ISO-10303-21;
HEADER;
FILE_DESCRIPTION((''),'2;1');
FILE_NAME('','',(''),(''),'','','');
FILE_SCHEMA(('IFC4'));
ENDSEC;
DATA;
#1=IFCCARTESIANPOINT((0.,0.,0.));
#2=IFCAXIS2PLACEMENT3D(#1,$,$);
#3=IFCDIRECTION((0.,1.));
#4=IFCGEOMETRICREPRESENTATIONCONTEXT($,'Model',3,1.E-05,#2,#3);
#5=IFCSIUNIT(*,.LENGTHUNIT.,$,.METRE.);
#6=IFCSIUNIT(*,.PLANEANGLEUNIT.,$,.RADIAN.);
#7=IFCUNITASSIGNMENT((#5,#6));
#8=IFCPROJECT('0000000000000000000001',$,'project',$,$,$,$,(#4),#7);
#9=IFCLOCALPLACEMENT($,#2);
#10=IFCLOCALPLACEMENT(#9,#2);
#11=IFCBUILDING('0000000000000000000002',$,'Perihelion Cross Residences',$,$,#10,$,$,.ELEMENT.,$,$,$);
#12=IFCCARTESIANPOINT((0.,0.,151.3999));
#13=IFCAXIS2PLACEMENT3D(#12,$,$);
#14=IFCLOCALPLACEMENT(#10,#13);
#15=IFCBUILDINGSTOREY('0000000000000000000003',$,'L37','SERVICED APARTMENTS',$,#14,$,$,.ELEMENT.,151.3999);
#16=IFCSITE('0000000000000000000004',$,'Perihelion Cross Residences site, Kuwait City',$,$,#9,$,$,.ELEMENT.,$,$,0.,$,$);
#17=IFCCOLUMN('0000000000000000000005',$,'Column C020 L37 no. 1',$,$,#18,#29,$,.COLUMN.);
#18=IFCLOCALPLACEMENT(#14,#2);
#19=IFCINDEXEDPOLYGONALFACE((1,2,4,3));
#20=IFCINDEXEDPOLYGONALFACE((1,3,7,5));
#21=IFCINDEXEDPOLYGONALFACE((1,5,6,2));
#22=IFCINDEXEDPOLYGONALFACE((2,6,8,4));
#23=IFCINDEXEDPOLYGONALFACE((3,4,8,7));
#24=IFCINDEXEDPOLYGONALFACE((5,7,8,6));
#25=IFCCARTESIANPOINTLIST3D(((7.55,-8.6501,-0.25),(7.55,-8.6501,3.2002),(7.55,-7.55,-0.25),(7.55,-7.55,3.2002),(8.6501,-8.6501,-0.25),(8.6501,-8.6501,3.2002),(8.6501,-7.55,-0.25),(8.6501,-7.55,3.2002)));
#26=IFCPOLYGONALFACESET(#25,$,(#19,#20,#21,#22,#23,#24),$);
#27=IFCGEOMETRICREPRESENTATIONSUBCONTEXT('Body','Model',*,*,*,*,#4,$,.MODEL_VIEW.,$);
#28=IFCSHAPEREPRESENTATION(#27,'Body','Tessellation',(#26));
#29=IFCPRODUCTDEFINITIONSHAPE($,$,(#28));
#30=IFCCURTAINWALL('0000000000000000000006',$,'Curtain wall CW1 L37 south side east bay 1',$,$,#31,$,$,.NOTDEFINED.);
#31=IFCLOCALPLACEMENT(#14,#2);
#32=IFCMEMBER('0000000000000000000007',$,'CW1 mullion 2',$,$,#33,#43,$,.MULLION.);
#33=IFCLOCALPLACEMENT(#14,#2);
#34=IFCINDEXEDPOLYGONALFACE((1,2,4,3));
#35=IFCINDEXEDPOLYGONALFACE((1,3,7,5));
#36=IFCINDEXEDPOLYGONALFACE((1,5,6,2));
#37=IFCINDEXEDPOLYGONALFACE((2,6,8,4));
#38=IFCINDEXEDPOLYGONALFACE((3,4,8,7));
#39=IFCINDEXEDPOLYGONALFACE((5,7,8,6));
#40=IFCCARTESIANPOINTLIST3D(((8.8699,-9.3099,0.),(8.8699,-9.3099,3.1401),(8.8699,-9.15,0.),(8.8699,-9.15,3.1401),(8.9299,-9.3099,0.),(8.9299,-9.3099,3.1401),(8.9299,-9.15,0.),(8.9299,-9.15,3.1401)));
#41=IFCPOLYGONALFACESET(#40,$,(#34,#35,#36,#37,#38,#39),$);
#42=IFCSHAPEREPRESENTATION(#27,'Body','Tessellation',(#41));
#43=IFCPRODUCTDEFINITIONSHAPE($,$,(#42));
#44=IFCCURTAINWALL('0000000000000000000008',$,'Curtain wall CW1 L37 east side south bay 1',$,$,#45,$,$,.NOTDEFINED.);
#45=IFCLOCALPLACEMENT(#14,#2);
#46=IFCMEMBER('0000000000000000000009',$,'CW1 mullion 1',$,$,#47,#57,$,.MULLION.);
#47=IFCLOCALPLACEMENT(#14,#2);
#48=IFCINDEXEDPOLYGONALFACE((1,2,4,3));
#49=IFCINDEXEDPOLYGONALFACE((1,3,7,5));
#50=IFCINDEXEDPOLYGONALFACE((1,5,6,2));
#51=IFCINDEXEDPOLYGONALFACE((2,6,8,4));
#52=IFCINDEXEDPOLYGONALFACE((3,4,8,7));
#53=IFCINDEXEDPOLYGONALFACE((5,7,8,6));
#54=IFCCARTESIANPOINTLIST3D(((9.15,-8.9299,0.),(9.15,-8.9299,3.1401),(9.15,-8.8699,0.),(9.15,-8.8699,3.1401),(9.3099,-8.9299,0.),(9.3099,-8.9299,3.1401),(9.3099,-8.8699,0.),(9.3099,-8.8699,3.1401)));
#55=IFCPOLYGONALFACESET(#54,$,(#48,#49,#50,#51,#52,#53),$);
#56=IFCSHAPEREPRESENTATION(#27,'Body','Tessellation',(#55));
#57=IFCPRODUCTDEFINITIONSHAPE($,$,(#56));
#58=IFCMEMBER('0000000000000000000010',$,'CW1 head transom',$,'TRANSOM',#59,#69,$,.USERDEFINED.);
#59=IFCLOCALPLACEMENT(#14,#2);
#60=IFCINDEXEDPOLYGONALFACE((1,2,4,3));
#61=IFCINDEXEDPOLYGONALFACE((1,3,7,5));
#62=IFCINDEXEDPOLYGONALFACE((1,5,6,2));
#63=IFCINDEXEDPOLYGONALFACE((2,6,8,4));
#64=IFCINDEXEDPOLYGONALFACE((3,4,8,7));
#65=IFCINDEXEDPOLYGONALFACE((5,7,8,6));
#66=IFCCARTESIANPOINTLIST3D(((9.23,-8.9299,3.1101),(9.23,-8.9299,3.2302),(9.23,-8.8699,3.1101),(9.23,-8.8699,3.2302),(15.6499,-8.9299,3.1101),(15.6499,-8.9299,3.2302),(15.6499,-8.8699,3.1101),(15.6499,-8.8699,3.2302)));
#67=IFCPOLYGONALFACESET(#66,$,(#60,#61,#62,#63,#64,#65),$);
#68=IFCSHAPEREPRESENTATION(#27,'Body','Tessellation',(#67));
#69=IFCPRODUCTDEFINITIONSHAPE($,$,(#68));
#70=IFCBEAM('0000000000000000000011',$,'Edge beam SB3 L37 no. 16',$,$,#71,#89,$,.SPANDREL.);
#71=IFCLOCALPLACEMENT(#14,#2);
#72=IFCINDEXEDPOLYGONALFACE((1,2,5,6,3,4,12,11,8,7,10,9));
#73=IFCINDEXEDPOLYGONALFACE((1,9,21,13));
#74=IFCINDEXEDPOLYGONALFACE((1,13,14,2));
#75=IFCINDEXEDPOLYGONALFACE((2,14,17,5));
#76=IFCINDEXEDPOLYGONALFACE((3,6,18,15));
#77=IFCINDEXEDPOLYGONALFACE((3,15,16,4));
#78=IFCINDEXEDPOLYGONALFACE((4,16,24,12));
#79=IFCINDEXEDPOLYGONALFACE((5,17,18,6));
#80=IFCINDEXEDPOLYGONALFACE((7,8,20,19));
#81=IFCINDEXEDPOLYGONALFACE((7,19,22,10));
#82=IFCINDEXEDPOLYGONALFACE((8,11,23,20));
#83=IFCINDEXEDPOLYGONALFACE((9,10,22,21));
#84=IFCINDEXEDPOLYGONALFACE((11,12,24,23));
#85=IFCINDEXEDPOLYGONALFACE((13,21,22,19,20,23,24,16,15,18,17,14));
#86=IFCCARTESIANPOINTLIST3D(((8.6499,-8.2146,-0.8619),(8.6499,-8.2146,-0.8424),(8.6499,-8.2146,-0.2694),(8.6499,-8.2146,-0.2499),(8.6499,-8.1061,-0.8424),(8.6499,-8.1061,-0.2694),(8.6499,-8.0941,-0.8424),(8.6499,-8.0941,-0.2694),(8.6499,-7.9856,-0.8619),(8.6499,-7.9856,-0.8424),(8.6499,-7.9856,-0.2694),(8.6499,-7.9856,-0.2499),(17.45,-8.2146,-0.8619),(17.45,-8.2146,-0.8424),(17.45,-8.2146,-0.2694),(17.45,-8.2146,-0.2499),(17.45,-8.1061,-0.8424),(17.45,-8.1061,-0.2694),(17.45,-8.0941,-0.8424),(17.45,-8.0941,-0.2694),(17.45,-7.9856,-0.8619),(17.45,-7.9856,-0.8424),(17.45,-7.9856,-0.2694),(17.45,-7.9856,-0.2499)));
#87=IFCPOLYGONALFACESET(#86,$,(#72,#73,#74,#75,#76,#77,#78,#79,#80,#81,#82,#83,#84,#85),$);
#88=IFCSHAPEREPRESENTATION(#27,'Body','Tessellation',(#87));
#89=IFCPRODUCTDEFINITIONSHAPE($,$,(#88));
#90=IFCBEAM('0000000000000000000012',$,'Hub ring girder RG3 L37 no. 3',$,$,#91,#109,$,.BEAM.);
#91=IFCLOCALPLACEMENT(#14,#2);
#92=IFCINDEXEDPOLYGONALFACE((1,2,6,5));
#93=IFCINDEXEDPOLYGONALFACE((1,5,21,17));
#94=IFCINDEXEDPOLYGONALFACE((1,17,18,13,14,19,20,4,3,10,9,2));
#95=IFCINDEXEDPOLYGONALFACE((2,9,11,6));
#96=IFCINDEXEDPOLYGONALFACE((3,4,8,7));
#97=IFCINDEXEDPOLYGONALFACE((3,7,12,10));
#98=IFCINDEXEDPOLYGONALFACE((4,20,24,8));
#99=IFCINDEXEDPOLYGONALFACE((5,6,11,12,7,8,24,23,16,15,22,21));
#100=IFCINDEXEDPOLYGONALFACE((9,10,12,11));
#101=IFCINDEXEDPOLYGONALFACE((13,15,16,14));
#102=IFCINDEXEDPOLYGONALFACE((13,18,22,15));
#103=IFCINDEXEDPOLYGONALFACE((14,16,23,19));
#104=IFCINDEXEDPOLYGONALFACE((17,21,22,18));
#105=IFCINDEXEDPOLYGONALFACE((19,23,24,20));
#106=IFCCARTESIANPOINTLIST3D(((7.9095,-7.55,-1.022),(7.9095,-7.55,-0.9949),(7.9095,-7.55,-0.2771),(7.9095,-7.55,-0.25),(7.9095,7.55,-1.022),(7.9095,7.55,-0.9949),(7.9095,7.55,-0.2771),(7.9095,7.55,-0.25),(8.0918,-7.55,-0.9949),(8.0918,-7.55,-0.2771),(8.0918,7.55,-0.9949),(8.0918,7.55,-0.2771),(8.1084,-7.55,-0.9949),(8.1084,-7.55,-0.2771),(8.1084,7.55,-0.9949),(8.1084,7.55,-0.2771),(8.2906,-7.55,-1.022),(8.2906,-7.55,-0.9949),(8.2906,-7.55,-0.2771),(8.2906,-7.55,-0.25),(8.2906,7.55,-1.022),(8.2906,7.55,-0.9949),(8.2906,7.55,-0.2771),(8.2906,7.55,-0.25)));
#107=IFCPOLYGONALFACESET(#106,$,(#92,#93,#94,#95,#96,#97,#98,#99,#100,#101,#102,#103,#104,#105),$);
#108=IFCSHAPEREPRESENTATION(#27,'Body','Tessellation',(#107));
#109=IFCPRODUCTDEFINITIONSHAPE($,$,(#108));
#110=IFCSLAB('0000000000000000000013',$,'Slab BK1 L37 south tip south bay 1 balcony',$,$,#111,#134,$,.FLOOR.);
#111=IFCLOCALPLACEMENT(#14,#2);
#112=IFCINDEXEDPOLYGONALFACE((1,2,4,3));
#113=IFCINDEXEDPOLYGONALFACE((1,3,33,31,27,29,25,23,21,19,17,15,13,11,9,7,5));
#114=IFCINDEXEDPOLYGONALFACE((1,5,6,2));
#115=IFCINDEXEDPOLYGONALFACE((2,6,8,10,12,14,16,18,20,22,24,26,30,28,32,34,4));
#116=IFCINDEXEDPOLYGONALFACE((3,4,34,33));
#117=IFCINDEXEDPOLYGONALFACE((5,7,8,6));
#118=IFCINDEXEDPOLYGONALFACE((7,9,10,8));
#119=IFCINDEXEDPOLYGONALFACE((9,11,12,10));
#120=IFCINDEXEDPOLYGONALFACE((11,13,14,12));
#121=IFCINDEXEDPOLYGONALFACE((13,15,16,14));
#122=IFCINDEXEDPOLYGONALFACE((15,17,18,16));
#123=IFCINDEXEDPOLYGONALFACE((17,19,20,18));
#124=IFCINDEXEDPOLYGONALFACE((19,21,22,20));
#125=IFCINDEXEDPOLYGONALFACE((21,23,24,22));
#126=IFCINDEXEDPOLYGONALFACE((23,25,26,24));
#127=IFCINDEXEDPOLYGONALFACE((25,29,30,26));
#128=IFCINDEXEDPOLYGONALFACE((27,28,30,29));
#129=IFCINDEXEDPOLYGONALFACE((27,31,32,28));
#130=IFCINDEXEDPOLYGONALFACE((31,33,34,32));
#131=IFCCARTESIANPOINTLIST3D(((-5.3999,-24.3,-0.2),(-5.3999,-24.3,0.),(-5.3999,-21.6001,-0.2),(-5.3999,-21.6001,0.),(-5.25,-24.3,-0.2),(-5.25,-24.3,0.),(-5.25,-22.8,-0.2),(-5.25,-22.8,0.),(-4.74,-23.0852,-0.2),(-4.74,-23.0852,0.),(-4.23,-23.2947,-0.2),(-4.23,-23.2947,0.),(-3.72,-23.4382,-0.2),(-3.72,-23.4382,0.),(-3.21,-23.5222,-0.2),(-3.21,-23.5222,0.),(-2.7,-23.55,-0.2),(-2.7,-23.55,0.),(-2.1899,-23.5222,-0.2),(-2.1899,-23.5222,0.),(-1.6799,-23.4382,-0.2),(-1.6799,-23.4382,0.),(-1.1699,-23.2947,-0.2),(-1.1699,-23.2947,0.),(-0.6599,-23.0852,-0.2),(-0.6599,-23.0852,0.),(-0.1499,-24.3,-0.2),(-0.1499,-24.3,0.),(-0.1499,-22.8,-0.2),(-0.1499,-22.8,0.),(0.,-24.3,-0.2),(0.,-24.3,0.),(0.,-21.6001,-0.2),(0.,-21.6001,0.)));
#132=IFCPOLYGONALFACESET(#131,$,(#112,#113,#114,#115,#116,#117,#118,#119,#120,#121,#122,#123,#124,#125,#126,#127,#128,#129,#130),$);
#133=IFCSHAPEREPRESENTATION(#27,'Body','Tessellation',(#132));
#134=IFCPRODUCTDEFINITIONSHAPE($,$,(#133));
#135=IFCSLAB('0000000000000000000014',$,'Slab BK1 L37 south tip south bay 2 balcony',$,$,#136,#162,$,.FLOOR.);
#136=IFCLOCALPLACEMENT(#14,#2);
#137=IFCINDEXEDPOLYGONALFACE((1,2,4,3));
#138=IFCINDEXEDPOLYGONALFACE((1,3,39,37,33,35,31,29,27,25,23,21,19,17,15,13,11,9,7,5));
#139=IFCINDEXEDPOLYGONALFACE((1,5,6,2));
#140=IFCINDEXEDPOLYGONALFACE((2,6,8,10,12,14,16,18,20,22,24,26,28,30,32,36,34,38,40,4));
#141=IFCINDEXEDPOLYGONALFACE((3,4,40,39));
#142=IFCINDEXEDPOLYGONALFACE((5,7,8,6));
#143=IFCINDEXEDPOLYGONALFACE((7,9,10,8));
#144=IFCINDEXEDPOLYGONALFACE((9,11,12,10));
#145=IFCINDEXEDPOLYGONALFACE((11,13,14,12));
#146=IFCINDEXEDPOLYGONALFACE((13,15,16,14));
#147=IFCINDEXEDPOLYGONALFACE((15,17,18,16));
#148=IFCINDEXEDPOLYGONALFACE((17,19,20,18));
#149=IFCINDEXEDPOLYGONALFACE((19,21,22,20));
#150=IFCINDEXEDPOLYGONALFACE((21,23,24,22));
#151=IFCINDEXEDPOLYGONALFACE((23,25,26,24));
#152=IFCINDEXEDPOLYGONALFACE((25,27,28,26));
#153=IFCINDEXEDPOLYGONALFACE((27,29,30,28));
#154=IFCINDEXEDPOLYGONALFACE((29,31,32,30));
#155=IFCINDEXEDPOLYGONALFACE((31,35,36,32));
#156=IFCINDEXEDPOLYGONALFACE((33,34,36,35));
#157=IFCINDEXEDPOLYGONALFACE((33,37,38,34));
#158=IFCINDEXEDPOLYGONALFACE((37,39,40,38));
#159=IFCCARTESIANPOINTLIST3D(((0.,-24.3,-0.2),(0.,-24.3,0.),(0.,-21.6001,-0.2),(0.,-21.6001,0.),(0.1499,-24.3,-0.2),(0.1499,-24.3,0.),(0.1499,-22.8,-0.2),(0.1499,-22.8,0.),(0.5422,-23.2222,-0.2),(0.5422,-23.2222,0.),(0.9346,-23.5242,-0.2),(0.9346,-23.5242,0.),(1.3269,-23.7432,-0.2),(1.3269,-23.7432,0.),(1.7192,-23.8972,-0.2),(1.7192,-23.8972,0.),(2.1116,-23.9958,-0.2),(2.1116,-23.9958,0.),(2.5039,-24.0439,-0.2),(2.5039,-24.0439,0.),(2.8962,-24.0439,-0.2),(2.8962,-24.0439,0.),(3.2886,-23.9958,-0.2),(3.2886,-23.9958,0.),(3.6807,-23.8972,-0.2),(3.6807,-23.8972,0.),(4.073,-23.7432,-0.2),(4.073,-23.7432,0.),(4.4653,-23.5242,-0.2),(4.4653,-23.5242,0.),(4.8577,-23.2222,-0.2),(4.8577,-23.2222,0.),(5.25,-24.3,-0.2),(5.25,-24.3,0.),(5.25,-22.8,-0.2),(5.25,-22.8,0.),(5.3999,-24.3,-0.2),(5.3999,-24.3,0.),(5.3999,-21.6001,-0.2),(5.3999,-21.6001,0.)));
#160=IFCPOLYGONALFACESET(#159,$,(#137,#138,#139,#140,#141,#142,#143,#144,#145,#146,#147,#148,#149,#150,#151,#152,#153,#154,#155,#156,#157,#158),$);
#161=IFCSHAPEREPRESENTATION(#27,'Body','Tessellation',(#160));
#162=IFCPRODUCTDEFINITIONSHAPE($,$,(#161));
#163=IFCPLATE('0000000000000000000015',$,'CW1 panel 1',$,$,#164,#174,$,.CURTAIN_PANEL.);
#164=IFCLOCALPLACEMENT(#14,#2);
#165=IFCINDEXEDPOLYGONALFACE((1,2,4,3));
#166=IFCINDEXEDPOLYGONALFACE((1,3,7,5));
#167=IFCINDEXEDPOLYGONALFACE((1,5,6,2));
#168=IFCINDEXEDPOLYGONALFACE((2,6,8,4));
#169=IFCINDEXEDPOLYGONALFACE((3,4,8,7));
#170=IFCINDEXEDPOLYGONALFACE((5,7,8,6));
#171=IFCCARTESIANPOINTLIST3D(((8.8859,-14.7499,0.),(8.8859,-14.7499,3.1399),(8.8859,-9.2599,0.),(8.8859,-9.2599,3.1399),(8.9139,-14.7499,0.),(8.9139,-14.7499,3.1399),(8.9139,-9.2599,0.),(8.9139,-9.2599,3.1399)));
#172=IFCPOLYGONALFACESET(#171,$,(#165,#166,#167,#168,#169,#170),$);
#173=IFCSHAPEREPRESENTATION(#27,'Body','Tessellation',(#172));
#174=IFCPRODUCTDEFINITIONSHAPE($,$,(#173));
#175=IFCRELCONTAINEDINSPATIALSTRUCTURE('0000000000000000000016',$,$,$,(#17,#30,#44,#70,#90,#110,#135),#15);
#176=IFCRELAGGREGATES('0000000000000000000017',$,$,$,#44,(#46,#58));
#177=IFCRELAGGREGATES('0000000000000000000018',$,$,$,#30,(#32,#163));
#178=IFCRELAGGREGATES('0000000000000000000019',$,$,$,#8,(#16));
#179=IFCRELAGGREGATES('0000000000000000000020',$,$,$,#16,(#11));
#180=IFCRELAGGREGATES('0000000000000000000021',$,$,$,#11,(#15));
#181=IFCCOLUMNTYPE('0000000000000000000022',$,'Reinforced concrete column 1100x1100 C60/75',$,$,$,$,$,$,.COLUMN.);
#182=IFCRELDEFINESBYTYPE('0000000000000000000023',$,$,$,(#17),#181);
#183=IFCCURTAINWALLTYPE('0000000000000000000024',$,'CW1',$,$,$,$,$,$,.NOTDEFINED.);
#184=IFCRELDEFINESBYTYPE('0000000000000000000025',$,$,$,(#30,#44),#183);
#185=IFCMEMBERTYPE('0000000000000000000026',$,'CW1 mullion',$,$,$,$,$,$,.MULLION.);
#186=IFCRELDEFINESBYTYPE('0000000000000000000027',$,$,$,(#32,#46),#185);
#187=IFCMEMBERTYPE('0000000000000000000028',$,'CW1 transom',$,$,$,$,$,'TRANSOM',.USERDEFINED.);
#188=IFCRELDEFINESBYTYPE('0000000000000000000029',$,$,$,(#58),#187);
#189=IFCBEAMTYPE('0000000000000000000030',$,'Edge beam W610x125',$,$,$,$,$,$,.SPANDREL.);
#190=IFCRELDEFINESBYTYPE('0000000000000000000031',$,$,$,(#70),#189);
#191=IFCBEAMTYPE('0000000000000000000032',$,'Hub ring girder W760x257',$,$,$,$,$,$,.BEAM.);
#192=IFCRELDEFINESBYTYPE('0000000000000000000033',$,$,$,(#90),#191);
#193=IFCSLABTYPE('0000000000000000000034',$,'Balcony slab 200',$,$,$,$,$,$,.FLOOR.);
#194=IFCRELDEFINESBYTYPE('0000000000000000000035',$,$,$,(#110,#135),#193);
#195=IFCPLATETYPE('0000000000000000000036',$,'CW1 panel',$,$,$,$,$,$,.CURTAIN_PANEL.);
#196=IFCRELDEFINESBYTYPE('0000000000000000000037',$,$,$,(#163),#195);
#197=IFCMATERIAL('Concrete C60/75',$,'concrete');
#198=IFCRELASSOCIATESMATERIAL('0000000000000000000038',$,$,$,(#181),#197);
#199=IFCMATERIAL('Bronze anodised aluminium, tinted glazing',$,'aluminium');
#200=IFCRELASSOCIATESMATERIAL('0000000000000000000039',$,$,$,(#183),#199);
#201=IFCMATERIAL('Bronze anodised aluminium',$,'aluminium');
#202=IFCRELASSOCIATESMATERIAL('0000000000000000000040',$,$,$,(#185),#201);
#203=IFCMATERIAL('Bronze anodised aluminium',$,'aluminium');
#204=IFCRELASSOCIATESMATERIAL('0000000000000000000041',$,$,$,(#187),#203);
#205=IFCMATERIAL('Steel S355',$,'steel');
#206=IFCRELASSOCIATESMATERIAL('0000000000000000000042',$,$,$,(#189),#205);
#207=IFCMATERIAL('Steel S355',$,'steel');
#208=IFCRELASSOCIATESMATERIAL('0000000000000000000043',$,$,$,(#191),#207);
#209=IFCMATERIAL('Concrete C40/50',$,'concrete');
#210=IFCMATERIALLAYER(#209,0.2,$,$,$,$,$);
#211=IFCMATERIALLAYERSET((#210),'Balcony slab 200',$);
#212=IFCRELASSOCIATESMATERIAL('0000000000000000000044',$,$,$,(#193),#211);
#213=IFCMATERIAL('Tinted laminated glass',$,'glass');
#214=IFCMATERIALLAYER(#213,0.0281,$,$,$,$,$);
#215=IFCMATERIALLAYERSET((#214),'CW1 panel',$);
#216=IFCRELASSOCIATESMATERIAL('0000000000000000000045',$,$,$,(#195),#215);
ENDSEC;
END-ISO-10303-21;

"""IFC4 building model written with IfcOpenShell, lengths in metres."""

from ifc_helpers import new_model, si_unit, direction, frame, origin, origin_2d, place, context, subcontext, project, spatial, polyline, rectangle, i_section, outline, extrude, material, layer, layer_set, material_profile, profile_set, type_object, element, aggregate, save


model = new_model("IFC4")

# Units and contexts
model_context = context("Model", 3, precision=1e-05, world=origin(), true_north=direction((0.0, 1.0)))
body_context = subcontext(model_context, "Body", "Model", "MODEL_VIEW")
ifc_project = project(units=[si_unit("LENGTHUNIT", "METRE"), si_unit("PLANEANGLEUNIT", "RADIAN")], contexts=[model_context])

# Site, building, storey
site_placement = place(None, origin())
site = spatial("IfcSite", under=ifc_project, at=site_placement, Name="Perihelion Cross Residences site, Kuwait City", CompositionType="ELEMENT", RefElevation=0.0)
building_placement = place(site_placement, origin())
building = spatial("IfcBuilding", under=site, at=building_placement, Name="Perihelion Cross Residences", CompositionType="ELEMENT")
storey_placement = place(building_placement, frame((0.0, 0.0, 151.3999)))
storey = spatial("IfcBuildingStorey", under=building, at=storey_placement, Name="L37", Description="SERVICED APARTMENTS", CompositionType="ELEMENT", Elevation=151.3999)

# Column
ifc_material_1 = material(Name="Concrete C60/75", Category="concrete")
ifc_material_profile_1 = material_profile(ifc_material_1, rectangle(XDim=1.1001, YDim=1.1001, at=origin_2d()), Name="RC 1100x1100")
ifc_profile_set_1 = profile_set([ifc_material_profile_1], Name="Concrete C60/75")
column_type = type_object("IfcColumnType", Name="Reinforced concrete column 1100x1100 C60/75", PredefinedType="COLUMN", material=ifc_profile_set_1)
column_placement = place(storey_placement, frame((8.1001, -8.1001, -0.25), z_axis=(0.0, 0.0, 1.0), x_axis=(1.0, 0.0, 0.0)))
element("IfcColumn", 1, at=column_placement, inside=storey, type_object=column_type, Name="Column C020 L37 no. 1", PredefinedType="COLUMN", context=body_context, shape_type="SweptSolid", body=[
    extrude(rectangle(XDim=1.1001, YDim=1.1001, at=origin_2d()), origin(), (0.0, 0.0, 1.0), 3.4502),
])

# Curtain wall, member
ifc_material_2 = material(Name="Bronze anodised aluminium, tinted glazing", Category="aluminium")
curtain_wall_type = type_object("IfcCurtainWallType", Name="CW1", PredefinedType="NOTDEFINED", material=ifc_material_2)
curtain_wall_1_placement = place(storey_placement, origin())
curtain_wall_1 = element("IfcCurtainWall", 2, at=curtain_wall_1_placement, inside=storey, type_object=curtain_wall_type, Name="Curtain wall CW1 L37 south side east bay 1", PredefinedType="NOTDEFINED")
ifc_material_3 = material(Name="Bronze anodised aluminium", Category="aluminium")
ifc_material_profile_2 = material_profile(ifc_material_3, rectangle(XDim=0.0601, YDim=0.1599, at=origin_2d()), Name="CW1 mullion")
ifc_profile_set_2 = profile_set([ifc_material_profile_2], Name="Bronze anodised aluminium")
member_type_1 = type_object("IfcMemberType", Name="CW1 mullion", PredefinedType="MULLION", material=ifc_profile_set_2)
member_1_placement = place(storey_placement, frame((8.8999, -9.23, 0.0), z_axis=(0.0, 0.0, 1.0), x_axis=(-1.0, 0.0, 0.0)))
member_1 = element("IfcMember", 3, at=member_1_placement, type_object=member_type_1, Name="CW1 mullion 2", PredefinedType="MULLION", context=body_context, shape_type="SweptSolid", body=[
    extrude(rectangle(XDim=0.0601, YDim=0.1599, at=origin_2d()), origin(), (0.0, 0.0, 1.0), 3.1401),
])

# Curtain wall, members
curtain_wall_2_placement = place(storey_placement, origin())
curtain_wall_2 = element("IfcCurtainWall", 4, at=curtain_wall_2_placement, inside=storey, type_object=curtain_wall_type, Name="Curtain wall CW1 L37 east side south bay 1", PredefinedType="NOTDEFINED")
member_2_placement = place(storey_placement, frame((9.23, -8.8999, 0.0), z_axis=(0.0, 0.0, 1.0), x_axis=(0.0, 1.0, 0.0)))
member_2 = element("IfcMember", 5, at=member_2_placement, type_object=member_type_1, Name="CW1 mullion 1", PredefinedType="MULLION", context=body_context, shape_type="SweptSolid", body=[
    extrude(rectangle(XDim=0.0601, YDim=0.1599, at=origin_2d()), origin(), (0.0, 0.0, 1.0), 3.1401),
])
ifc_material_4 = material(Name="Bronze anodised aluminium", Category="aluminium")
ifc_material_profile_3 = material_profile(ifc_material_4, rectangle(XDim=0.0601, YDim=0.1201, at=origin_2d()), Name="CW1 transom")
ifc_profile_set_3 = profile_set([ifc_material_profile_3], Name="Bronze anodised aluminium")
member_type_2 = type_object("IfcMemberType", Name="CW1 transom", ElementType="TRANSOM", PredefinedType="USERDEFINED", material=ifc_profile_set_3)
member_3_placement = place(storey_placement, frame((9.23, -8.8999, 3.1702), z_axis=(1.0, 0.0, 0.0), x_axis=(0.0, 1.0, 0.0)))
member_3 = element("IfcMember", 6, at=member_3_placement, type_object=member_type_2, Name="CW1 head transom", ObjectType="TRANSOM", PredefinedType="USERDEFINED", context=body_context, shape_type="SweptSolid", body=[
    extrude(rectangle(XDim=0.0601, YDim=0.1201, at=origin_2d()), origin(), (0.0, 0.0, 1.0), 6.4199),
])
aggregate(curtain_wall_2, [member_2, member_3])

# Beams
ifc_material_5 = material(Name="Steel S355", Category="steel")
ifc_material_profile_4 = material_profile(ifc_material_5, i_section(OverallWidth=0.229, OverallDepth=0.6121, WebThickness=0.012, FlangeThickness=0.0195, at=origin_2d()), Name="W610x125")
ifc_profile_set_4 = profile_set([ifc_material_profile_4], Name="Steel S355")
beam_type_1 = type_object("IfcBeamType", Name="Edge beam W610x125", PredefinedType="SPANDREL", material=ifc_profile_set_4)
beam_1_placement = place(storey_placement, frame((8.6499, -8.1001, -0.5559), z_axis=(1.0, 0.0, 0.0), x_axis=(0.0, 1.0, 0.0)))
element("IfcBeam", 7, at=beam_1_placement, inside=storey, type_object=beam_type_1, Name="Edge beam SB3 L37 no. 16", PredefinedType="SPANDREL", context=body_context, shape_type="SweptSolid", body=[
    extrude(i_section(OverallWidth=0.229, OverallDepth=0.6121, WebThickness=0.012, FlangeThickness=0.0195, at=origin_2d()), origin(), (0.0, 0.0, 1.0), 8.8),
])
ifc_material_6 = material(Name="Steel S355", Category="steel")
ifc_material_profile_5 = material_profile(ifc_material_6, i_section(OverallWidth=0.3811, OverallDepth=0.772, WebThickness=0.0166, FlangeThickness=0.0271, at=origin_2d()), Name="W760x257")
ifc_profile_set_5 = profile_set([ifc_material_profile_5], Name="Steel S355")
beam_type_2 = type_object("IfcBeamType", Name="Hub ring girder W760x257", PredefinedType="BEAM", material=ifc_profile_set_5)
beam_2_placement = place(storey_placement, frame((8.1001, -7.55, -0.636), z_axis=(0.0, 1.0, 0.0), x_axis=(-1.0, 0.0, 0.0)))
element("IfcBeam", 8, at=beam_2_placement, inside=storey, type_object=beam_type_2, Name="Hub ring girder RG3 L37 no. 3", PredefinedType="BEAM", context=body_context, shape_type="SweptSolid", body=[
    extrude(i_section(OverallWidth=0.3811, OverallDepth=0.772, WebThickness=0.0166, FlangeThickness=0.0271, at=origin_2d()), origin(), (0.0, 0.0, 1.0), 15.1001),
])

# Slabs
ifc_material_7 = material(Name="Concrete C40/50", Category="concrete")
ifc_layer_1 = layer(ifc_material_7, 0.2)
ifc_layer_set_1 = layer_set([ifc_layer_1], Name="Balcony slab 200")
slab_type_1 = type_object("IfcSlabType", Name="Balcony slab 200", PredefinedType="FLOOR", material=ifc_layer_set_1)
slab_1_placement = place(storey_placement, frame((0.0, 0.0, -0.2)))
element("IfcSlab", 9, at=slab_1_placement, inside=storey, type_object=slab_type_1, Name="Slab BK1 L37 south tip south bay 1 balcony", PredefinedType="FLOOR", context=body_context, shape_type="SweptSolid", body=[
    extrude(outline(polyline([(-5.3999, -21.6001), (0.0, -21.6001), (0.0, -24.3), (-0.1499, -24.3), (-0.1499, -22.8), (-0.6599, -23.0852), (-1.1699, -23.2947), (-1.6799, -23.4382), (-2.1899, -23.5222), (-2.7, -23.55), (-3.21, -23.5222), (-3.72, -23.4382), (-4.23, -23.2947), (-4.74, -23.0852), (-5.25, -22.8), (-5.25, -24.3), (-5.3999, -24.3), (-5.3999, -21.6001)])), origin(), (0.0, 0.0, 1.0), 0.2),
])
slab_2_placement = place(storey_placement, frame((0.0, 0.0, -0.2)))
element("IfcSlab", 10, at=slab_2_placement, inside=storey, type_object=slab_type_1, Name="Slab BK1 L37 south tip south bay 2 balcony", PredefinedType="FLOOR", context=body_context, shape_type="SweptSolid", body=[
    extrude(outline(polyline([(0.0, -21.6001), (5.3999, -21.6001), (5.3999, -24.3), (5.25, -24.3), (5.25, -22.8), (4.8577, -23.2222), (4.4653, -23.5242), (4.073, -23.7432), (3.6807, -23.8972), (3.2886, -23.9958), (2.8962, -24.0439), (2.5039, -24.0439), (2.1116, -23.9958), (1.7192, -23.8972), (1.3269, -23.7432), (0.9346, -23.5242), (0.5422, -23.2222), (0.1499, -22.8), (0.1499, -24.3), (0.0, -24.3), (0.0, -21.6001)])), origin(), (0.0, 0.0, 1.0), 0.2),
])

# Plate
ifc_material_8 = material(Name="Tinted laminated glass", Category="glass")
ifc_layer_2 = layer(ifc_material_8, 0.0281)
ifc_layer_set_2 = layer_set([ifc_layer_2], Name="CW1 panel")
plate_type = type_object("IfcPlateType", Name="CW1 panel", PredefinedType="CURTAIN_PANEL", material=ifc_layer_set_2)
plate_placement = place(storey_placement, frame((8.8999, -12.0049, 0.0), z_axis=(0.0, 0.0, 1.0), x_axis=(0.0, 1.0, 0.0)))
plate = element("IfcPlate", 11, at=plate_placement, type_object=plate_type, Name="CW1 panel 1", PredefinedType="CURTAIN_PANEL", context=body_context, shape_type="SweptSolid", body=[
    extrude(rectangle(XDim=5.49, YDim=0.0281, at=origin_2d()), origin(), (0.0, 0.0, 1.0), 3.1399),
])
aggregate(curtain_wall_1, [member_1, plate])

save(model, "model.ifc")
